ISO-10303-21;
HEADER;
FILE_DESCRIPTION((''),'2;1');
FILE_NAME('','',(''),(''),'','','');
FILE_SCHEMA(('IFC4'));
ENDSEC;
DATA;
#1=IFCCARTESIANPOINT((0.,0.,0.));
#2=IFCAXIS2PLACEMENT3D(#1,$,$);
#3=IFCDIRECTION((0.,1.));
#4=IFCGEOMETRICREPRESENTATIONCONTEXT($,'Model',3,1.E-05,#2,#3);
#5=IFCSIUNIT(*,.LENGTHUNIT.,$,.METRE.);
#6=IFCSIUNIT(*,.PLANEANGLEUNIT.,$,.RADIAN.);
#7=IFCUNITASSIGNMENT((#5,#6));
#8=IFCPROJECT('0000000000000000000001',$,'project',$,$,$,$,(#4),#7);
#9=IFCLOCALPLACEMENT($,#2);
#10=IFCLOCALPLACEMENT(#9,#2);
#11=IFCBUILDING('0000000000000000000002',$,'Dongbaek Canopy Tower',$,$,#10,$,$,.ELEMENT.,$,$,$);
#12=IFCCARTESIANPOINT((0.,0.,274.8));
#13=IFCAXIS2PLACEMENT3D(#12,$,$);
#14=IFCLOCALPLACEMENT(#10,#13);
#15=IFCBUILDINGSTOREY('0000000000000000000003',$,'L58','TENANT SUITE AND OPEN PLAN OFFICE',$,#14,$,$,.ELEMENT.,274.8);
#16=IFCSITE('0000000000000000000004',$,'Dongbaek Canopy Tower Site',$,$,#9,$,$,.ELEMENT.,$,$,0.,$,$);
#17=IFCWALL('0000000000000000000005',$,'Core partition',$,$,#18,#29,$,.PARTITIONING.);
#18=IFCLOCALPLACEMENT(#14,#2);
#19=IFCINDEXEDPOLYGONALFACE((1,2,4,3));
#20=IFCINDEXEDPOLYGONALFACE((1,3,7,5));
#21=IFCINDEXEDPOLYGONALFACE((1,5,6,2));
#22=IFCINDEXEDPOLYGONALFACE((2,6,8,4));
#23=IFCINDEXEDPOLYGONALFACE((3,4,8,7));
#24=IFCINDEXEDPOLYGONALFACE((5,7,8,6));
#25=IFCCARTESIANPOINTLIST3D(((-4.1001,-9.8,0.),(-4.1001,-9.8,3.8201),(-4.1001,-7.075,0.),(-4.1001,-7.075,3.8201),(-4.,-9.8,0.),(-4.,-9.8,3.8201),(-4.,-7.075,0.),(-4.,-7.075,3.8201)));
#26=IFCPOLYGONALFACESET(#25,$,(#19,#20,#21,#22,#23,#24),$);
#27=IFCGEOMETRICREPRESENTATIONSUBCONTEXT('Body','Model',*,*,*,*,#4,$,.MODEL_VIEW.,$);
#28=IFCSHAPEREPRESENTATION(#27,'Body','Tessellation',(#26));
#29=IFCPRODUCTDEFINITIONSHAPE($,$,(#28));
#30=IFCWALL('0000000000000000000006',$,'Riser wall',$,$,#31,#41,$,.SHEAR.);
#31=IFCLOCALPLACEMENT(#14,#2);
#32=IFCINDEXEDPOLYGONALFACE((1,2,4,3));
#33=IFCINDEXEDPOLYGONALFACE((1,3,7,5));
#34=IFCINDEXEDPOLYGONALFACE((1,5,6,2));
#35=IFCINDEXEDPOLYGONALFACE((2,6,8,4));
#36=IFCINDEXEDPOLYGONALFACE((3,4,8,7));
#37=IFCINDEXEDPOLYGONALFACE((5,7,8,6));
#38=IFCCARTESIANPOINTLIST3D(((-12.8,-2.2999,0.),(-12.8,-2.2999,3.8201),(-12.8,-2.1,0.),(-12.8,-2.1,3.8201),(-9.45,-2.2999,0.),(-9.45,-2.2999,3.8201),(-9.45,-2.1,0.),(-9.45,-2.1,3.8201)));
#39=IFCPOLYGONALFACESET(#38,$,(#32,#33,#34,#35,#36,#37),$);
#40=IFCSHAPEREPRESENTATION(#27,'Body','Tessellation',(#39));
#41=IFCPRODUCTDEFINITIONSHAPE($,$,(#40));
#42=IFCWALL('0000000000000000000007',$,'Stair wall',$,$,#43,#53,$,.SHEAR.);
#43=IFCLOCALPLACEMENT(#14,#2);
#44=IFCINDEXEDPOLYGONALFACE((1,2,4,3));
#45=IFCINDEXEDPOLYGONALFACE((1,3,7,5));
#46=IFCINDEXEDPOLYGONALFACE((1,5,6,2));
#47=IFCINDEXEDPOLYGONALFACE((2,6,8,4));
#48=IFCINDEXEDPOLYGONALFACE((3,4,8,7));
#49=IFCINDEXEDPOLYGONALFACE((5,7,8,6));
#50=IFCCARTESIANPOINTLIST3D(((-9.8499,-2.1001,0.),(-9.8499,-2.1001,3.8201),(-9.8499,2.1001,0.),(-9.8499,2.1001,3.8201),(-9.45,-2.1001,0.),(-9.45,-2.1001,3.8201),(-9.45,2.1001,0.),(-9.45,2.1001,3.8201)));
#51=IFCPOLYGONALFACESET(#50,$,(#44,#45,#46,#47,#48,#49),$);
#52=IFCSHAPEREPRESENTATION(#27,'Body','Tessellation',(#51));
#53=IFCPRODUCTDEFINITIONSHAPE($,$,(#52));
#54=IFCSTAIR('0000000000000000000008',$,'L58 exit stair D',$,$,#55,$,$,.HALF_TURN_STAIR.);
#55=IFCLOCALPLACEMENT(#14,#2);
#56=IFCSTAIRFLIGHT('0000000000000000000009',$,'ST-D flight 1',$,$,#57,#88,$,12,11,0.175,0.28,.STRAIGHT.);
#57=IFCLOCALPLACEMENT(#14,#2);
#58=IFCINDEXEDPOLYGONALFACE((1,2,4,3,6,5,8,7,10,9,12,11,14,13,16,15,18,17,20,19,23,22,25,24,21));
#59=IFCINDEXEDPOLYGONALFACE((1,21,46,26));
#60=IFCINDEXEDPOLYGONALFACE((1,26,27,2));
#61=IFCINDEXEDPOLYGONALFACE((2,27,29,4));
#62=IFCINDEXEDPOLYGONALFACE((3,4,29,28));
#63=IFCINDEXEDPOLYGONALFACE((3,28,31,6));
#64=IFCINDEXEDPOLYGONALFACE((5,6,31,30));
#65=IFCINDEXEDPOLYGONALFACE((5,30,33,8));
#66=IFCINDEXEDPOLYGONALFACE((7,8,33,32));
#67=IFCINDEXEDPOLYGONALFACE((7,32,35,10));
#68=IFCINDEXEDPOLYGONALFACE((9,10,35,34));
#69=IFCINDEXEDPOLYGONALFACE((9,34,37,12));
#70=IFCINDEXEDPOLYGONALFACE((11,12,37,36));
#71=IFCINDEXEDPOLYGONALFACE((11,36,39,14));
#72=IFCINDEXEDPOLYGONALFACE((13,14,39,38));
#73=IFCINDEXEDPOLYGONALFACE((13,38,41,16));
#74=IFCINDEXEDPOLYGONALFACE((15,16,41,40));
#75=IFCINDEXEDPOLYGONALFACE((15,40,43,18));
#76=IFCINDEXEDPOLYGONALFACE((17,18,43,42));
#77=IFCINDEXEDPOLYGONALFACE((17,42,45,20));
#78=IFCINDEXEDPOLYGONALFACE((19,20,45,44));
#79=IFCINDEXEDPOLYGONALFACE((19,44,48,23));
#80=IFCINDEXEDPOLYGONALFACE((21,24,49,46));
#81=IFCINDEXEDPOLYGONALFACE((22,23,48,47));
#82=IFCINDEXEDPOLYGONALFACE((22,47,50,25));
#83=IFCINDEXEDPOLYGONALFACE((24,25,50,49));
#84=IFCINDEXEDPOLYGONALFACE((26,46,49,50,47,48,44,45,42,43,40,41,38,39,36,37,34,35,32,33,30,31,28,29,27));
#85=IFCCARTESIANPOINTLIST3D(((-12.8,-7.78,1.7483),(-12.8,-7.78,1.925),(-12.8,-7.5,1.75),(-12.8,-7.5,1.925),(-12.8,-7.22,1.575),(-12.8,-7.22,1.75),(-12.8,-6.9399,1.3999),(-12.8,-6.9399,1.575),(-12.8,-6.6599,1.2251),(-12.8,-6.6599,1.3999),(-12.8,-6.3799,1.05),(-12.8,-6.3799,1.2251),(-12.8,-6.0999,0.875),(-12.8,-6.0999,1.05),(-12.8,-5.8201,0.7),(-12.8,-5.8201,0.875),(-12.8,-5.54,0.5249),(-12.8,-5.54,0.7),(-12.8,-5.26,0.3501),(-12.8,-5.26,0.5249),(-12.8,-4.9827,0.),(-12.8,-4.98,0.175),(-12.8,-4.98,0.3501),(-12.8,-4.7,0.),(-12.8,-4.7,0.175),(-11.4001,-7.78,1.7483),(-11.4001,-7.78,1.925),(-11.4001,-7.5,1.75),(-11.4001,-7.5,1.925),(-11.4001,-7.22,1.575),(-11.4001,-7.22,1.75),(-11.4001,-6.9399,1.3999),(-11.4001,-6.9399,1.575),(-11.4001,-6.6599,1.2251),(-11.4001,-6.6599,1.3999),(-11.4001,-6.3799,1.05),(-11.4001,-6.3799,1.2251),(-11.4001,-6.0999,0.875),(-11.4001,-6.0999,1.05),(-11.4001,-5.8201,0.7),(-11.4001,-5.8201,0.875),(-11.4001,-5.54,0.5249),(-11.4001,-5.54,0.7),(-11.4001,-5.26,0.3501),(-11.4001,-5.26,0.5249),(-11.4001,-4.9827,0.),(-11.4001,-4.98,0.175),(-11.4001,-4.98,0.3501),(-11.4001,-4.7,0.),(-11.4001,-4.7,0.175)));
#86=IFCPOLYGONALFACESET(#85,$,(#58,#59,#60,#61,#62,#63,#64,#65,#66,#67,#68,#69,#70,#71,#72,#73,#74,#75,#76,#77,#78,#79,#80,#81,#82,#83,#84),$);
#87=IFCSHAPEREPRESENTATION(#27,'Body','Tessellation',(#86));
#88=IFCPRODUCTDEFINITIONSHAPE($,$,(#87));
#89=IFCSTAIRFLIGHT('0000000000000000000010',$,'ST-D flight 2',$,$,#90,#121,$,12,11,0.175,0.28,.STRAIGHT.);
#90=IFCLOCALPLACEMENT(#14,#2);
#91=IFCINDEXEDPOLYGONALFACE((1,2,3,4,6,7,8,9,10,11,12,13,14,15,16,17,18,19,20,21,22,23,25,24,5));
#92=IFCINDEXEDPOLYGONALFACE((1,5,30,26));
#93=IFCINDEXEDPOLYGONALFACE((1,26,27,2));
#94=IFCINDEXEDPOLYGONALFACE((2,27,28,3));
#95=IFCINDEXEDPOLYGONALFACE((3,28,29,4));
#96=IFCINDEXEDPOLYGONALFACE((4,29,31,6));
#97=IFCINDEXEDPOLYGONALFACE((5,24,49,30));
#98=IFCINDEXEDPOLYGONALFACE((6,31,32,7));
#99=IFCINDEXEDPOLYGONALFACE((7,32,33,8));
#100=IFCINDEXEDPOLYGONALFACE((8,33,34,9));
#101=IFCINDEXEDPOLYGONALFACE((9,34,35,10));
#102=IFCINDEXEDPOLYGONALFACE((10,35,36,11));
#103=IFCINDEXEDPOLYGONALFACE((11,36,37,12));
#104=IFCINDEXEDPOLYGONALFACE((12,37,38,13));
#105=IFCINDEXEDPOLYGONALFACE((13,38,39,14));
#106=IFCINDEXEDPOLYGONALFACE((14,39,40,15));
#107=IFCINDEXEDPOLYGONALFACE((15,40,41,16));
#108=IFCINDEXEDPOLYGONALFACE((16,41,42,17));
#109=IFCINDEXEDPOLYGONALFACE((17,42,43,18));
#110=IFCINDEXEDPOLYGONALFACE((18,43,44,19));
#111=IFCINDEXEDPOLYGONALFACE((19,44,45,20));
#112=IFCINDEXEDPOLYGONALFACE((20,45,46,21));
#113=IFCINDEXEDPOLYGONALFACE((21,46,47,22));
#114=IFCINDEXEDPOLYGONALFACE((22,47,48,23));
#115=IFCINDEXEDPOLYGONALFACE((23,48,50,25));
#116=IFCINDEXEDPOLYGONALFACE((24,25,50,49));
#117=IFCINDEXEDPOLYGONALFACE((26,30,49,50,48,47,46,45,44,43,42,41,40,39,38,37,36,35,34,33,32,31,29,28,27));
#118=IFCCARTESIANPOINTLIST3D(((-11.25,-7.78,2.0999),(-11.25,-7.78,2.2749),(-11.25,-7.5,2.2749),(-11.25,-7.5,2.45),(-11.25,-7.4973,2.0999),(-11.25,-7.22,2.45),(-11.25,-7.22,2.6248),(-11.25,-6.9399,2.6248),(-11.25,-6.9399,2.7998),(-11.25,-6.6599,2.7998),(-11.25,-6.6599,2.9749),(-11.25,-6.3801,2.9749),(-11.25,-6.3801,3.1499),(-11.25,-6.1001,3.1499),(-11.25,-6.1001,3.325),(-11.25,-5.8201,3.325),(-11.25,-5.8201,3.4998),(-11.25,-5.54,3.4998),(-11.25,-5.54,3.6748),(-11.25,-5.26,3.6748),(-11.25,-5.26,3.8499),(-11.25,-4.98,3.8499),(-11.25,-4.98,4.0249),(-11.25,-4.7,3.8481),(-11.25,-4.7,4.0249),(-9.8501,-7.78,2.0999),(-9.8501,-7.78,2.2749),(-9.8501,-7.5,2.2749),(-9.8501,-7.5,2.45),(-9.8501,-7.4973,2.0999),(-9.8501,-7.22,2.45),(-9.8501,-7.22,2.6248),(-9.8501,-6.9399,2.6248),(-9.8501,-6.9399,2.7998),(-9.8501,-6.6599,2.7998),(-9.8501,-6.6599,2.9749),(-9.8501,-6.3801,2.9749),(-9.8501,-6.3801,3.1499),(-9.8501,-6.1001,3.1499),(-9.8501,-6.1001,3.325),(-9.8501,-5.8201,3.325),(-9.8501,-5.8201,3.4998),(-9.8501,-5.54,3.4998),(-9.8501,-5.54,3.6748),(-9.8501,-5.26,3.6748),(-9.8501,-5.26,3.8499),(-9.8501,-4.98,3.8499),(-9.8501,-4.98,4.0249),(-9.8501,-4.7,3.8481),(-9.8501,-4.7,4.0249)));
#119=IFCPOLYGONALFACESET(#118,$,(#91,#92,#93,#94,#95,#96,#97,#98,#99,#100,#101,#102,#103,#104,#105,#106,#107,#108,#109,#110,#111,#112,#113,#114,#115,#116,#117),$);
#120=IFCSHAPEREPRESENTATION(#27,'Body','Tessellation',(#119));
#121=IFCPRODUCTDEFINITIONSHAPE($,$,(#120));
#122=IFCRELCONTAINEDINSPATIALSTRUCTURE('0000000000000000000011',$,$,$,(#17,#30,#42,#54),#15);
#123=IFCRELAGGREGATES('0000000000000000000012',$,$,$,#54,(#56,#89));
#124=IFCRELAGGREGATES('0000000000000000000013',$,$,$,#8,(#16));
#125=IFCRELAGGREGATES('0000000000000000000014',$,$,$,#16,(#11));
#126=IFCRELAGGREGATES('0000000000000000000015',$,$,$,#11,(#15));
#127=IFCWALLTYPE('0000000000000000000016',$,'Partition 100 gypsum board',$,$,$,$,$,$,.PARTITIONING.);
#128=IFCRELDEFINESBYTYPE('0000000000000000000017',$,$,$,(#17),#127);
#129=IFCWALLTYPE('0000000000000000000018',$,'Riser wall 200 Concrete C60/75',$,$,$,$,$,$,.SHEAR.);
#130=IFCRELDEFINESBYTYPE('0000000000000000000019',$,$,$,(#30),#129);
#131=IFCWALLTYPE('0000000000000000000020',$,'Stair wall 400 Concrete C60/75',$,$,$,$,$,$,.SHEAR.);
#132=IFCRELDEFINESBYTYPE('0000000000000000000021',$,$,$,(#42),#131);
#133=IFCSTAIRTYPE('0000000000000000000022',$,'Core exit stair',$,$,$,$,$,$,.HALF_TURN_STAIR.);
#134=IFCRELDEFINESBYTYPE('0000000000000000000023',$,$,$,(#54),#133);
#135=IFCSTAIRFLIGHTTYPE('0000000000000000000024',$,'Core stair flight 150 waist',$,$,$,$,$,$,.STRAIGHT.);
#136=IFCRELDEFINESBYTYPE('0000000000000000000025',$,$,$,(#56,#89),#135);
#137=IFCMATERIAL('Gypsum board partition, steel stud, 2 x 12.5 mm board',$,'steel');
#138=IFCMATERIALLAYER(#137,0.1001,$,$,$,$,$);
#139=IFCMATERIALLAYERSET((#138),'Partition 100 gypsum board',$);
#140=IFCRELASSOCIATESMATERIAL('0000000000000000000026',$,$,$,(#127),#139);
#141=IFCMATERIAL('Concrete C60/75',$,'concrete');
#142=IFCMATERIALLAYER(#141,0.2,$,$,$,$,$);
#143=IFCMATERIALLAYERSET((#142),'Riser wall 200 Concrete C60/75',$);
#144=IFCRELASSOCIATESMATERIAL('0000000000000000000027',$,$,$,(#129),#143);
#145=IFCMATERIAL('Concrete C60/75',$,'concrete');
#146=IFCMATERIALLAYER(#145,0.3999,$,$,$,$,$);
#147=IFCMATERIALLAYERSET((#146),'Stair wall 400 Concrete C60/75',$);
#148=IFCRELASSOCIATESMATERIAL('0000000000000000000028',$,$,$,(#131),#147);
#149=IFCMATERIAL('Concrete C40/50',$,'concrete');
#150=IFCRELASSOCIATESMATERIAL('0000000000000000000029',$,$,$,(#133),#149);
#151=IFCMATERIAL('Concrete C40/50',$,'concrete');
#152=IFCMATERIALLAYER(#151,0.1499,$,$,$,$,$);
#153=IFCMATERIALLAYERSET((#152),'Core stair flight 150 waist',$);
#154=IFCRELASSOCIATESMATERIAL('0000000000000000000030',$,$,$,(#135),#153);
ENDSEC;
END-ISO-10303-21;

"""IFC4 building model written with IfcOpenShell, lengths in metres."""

from ifc_helpers import new_model, si_unit, direction, frame, frame_2d, origin, place, context, subcontext, project, spatial, polyline, rectangle, outline, extrude, material, layer, layer_set, type_object, element, aggregate, save


model = new_model("IFC4")

# Units and contexts
model_context = context("Model", 3, precision=1e-05, world=origin(), true_north=direction((0.0, 1.0)))
body_context = subcontext(model_context, "Body", "Model", "MODEL_VIEW")
ifc_project = project(units=[si_unit("LENGTHUNIT", "METRE"), si_unit("PLANEANGLEUNIT", "RADIAN")], contexts=[model_context])

# Site, building, storey
site_placement = place(None, origin())
site = spatial("IfcSite", under=ifc_project, at=site_placement, Name="Dongbaek Canopy Tower Site", CompositionType="ELEMENT", RefElevation=0.0)
building_placement = place(site_placement, origin())
building = spatial("IfcBuilding", under=site, at=building_placement, Name="Dongbaek Canopy Tower", CompositionType="ELEMENT")
storey_placement = place(building_placement, frame((0.0, 0.0, 274.8)))
storey = spatial("IfcBuildingStorey", under=building, at=storey_placement, Name="L58", Description="TENANT SUITE AND OPEN PLAN OFFICE", CompositionType="ELEMENT", Elevation=274.8)

# Walls
ifc_material_1 = material(Name="Gypsum board partition, steel stud, 2 x 12.5 mm board", Category="steel")
ifc_layer_1 = layer(ifc_material_1, 0.1001)
ifc_layer_set_1 = layer_set([ifc_layer_1], Name="Partition 100 gypsum board")
wall_type_1 = type_object("IfcWallType", Name="Partition 100 gypsum board", PredefinedType="PARTITIONING", material=ifc_layer_set_1)
wall_1_placement = place(storey_placement, frame((-4.05, -9.8, 0.0), z_axis=(0.0, 0.0, 1.0), x_axis=(0.0, 1.0, 0.0)))
element("IfcWall", 1, at=wall_1_placement, inside=storey, type_object=wall_type_1, Name="Core partition", PredefinedType="PARTITIONING", context=body_context, shape_type="SweptSolid", body=[
    extrude(rectangle(XDim=2.7251, YDim=0.1001, at=frame_2d((1.3625, 0.0))), origin(), (0.0, 0.0, 1.0), 3.8201),
])
ifc_material_2 = material(Name="Concrete C60/75", Category="concrete")
ifc_layer_2 = layer(ifc_material_2, 0.2)
ifc_layer_set_2 = layer_set([ifc_layer_2], Name="Riser wall 200 Concrete C60/75")
wall_type_2 = type_object("IfcWallType", Name="Riser wall 200 Concrete C60/75", PredefinedType="SHEAR", material=ifc_layer_set_2)
wall_2_placement = place(storey_placement, frame((-9.45, -2.2, 0.0), z_axis=(0.0, 0.0, 1.0), x_axis=(-1.0, 0.0, 0.0)))
element("IfcWall", 2, at=wall_2_placement, inside=storey, type_object=wall_type_2, Name="Riser wall", PredefinedType="SHEAR", context=body_context, shape_type="SweptSolid", body=[
    extrude(rectangle(XDim=3.3501, YDim=0.2, at=frame_2d((1.675, 0.0))), origin(), (0.0, 0.0, 1.0), 3.8201),
])
ifc_material_3 = material(Name="Concrete C60/75", Category="concrete")
ifc_layer_3 = layer(ifc_material_3, 0.3999)
ifc_layer_set_3 = layer_set([ifc_layer_3], Name="Stair wall 400 Concrete C60/75")
wall_type_3 = type_object("IfcWallType", Name="Stair wall 400 Concrete C60/75", PredefinedType="SHEAR", material=ifc_layer_set_3)
wall_3_placement = place(storey_placement, frame((-9.6499, -2.1001, 0.0), z_axis=(0.0, 0.0, 1.0), x_axis=(0.0, 1.0, 0.0)))
element("IfcWall", 3, at=wall_3_placement, inside=storey, type_object=wall_type_3, Name="Stair wall", PredefinedType="SHEAR", context=body_context, shape_type="SweptSolid", body=[
    extrude(rectangle(XDim=4.2002, YDim=0.3999, at=frame_2d((2.1001, 0.0))), origin(), (0.0, 0.0, 1.0), 3.8201),
])

# Stair, stair flights
ifc_material_4 = material(Name="Concrete C40/50", Category="concrete")
stair_type = type_object("IfcStairType", Name="Core exit stair", PredefinedType="HALF_TURN_STAIR", material=ifc_material_4)
stair_placement = place(storey_placement, origin())
stair = element("IfcStair", 4, at=stair_placement, inside=storey, type_object=stair_type, Name="L58 exit stair D", PredefinedType="HALF_TURN_STAIR")
ifc_material_5 = material(Name="Concrete C40/50", Category="concrete")
ifc_layer_4 = layer(ifc_material_5, 0.1499)
ifc_layer_set_4 = layer_set([ifc_layer_4], Name="Core stair flight 150 waist")
stair_flight_type = type_object("IfcStairFlightType", Name="Core stair flight 150 waist", PredefinedType="STRAIGHT", material=ifc_layer_set_4)
stair_flight_1_placement = place(storey_placement, frame((-12.1001, -4.7, 0.0), z_axis=(0.0, 0.0, 1.0), x_axis=(0.0, -1.0, 0.0)))
stair_flight_1 = element("IfcStairFlight", 5, at=stair_flight_1_placement, type_object=stair_flight_type, Name="ST-D flight 1", NumberOfRisers=12, NumberOfTreads=11, PredefinedType="STRAIGHT", RiserHeight=0.175, TreadLength=0.28, context=body_context, shape_type="SweptSolid", body=[
    extrude(outline(polyline([(0.0, 0.0), (0.0, 0.175), (0.28, 0.175), (0.28, 0.3501), (0.5601, 0.3501), (0.5601, 0.5249), (0.8401, 0.5249), (0.8401, 0.7), (1.1201, 0.7), (1.1201, 0.875), (1.3999, 0.875), (1.3999, 1.05), (1.6799, 1.05), (1.6799, 1.2251), (1.96, 1.2251), (1.96, 1.3999), (2.24, 1.3999), (2.24, 1.575), (2.52, 1.575), (2.52, 1.75), (2.8, 1.75), (2.8, 1.925), (3.0801, 1.925), (3.0801, 2.1001), (3.0801, 1.7483), (0.2827, 0.0), (0.0, 0.0)])), frame((0.0, 0.7, 0.0), z_axis=(0.0, -1.0, 0.0), x_axis=(1.0, 0.0, 0.0)), (0.0, 0.0, 1.0), 1.3999),
])
stair_flight_2_placement = place(storey_placement, frame((-10.55, -7.78, 2.0999), z_axis=(0.0, 0.0, 1.0), x_axis=(0.0, 1.0, 0.0)))
stair_flight_2 = element("IfcStairFlight", 6, at=stair_flight_2_placement, type_object=stair_flight_type, Name="ST-D flight 2", NumberOfRisers=12, NumberOfTreads=11, PredefinedType="STRAIGHT", RiserHeight=0.175, TreadLength=0.28, context=body_context, shape_type="SweptSolid", body=[
    extrude(outline(polyline([(0.0, 0.0), (0.0, 0.175), (0.28, 0.175), (0.28, 0.3501), (0.5601, 0.3501), (0.5601, 0.5249), (0.8401, 0.5249), (0.8401, 0.7), (1.1201, 0.7), (1.1201, 0.875), (1.3999, 0.875), (1.3999, 1.05), (1.6799, 1.05), (1.6799, 1.2251), (1.96, 1.2251), (1.96, 1.3999), (2.24, 1.3999), (2.24, 1.575), (2.52, 1.575), (2.52, 1.75), (2.8, 1.75), (2.8, 1.925), (3.0801, 1.925), (3.0801, 2.1001), (3.0801, 1.7483), (0.2827, 0.0), (0.0, 0.0)])), frame((0.0, 0.7, 0.0), z_axis=(0.0, -1.0, 0.0), x_axis=(1.0, 0.0, 0.0)), (0.0, 0.0, 1.0), 1.3999),
])
aggregate(stair, [stair_flight_1, stair_flight_2])

save(model, "model.ifc")
